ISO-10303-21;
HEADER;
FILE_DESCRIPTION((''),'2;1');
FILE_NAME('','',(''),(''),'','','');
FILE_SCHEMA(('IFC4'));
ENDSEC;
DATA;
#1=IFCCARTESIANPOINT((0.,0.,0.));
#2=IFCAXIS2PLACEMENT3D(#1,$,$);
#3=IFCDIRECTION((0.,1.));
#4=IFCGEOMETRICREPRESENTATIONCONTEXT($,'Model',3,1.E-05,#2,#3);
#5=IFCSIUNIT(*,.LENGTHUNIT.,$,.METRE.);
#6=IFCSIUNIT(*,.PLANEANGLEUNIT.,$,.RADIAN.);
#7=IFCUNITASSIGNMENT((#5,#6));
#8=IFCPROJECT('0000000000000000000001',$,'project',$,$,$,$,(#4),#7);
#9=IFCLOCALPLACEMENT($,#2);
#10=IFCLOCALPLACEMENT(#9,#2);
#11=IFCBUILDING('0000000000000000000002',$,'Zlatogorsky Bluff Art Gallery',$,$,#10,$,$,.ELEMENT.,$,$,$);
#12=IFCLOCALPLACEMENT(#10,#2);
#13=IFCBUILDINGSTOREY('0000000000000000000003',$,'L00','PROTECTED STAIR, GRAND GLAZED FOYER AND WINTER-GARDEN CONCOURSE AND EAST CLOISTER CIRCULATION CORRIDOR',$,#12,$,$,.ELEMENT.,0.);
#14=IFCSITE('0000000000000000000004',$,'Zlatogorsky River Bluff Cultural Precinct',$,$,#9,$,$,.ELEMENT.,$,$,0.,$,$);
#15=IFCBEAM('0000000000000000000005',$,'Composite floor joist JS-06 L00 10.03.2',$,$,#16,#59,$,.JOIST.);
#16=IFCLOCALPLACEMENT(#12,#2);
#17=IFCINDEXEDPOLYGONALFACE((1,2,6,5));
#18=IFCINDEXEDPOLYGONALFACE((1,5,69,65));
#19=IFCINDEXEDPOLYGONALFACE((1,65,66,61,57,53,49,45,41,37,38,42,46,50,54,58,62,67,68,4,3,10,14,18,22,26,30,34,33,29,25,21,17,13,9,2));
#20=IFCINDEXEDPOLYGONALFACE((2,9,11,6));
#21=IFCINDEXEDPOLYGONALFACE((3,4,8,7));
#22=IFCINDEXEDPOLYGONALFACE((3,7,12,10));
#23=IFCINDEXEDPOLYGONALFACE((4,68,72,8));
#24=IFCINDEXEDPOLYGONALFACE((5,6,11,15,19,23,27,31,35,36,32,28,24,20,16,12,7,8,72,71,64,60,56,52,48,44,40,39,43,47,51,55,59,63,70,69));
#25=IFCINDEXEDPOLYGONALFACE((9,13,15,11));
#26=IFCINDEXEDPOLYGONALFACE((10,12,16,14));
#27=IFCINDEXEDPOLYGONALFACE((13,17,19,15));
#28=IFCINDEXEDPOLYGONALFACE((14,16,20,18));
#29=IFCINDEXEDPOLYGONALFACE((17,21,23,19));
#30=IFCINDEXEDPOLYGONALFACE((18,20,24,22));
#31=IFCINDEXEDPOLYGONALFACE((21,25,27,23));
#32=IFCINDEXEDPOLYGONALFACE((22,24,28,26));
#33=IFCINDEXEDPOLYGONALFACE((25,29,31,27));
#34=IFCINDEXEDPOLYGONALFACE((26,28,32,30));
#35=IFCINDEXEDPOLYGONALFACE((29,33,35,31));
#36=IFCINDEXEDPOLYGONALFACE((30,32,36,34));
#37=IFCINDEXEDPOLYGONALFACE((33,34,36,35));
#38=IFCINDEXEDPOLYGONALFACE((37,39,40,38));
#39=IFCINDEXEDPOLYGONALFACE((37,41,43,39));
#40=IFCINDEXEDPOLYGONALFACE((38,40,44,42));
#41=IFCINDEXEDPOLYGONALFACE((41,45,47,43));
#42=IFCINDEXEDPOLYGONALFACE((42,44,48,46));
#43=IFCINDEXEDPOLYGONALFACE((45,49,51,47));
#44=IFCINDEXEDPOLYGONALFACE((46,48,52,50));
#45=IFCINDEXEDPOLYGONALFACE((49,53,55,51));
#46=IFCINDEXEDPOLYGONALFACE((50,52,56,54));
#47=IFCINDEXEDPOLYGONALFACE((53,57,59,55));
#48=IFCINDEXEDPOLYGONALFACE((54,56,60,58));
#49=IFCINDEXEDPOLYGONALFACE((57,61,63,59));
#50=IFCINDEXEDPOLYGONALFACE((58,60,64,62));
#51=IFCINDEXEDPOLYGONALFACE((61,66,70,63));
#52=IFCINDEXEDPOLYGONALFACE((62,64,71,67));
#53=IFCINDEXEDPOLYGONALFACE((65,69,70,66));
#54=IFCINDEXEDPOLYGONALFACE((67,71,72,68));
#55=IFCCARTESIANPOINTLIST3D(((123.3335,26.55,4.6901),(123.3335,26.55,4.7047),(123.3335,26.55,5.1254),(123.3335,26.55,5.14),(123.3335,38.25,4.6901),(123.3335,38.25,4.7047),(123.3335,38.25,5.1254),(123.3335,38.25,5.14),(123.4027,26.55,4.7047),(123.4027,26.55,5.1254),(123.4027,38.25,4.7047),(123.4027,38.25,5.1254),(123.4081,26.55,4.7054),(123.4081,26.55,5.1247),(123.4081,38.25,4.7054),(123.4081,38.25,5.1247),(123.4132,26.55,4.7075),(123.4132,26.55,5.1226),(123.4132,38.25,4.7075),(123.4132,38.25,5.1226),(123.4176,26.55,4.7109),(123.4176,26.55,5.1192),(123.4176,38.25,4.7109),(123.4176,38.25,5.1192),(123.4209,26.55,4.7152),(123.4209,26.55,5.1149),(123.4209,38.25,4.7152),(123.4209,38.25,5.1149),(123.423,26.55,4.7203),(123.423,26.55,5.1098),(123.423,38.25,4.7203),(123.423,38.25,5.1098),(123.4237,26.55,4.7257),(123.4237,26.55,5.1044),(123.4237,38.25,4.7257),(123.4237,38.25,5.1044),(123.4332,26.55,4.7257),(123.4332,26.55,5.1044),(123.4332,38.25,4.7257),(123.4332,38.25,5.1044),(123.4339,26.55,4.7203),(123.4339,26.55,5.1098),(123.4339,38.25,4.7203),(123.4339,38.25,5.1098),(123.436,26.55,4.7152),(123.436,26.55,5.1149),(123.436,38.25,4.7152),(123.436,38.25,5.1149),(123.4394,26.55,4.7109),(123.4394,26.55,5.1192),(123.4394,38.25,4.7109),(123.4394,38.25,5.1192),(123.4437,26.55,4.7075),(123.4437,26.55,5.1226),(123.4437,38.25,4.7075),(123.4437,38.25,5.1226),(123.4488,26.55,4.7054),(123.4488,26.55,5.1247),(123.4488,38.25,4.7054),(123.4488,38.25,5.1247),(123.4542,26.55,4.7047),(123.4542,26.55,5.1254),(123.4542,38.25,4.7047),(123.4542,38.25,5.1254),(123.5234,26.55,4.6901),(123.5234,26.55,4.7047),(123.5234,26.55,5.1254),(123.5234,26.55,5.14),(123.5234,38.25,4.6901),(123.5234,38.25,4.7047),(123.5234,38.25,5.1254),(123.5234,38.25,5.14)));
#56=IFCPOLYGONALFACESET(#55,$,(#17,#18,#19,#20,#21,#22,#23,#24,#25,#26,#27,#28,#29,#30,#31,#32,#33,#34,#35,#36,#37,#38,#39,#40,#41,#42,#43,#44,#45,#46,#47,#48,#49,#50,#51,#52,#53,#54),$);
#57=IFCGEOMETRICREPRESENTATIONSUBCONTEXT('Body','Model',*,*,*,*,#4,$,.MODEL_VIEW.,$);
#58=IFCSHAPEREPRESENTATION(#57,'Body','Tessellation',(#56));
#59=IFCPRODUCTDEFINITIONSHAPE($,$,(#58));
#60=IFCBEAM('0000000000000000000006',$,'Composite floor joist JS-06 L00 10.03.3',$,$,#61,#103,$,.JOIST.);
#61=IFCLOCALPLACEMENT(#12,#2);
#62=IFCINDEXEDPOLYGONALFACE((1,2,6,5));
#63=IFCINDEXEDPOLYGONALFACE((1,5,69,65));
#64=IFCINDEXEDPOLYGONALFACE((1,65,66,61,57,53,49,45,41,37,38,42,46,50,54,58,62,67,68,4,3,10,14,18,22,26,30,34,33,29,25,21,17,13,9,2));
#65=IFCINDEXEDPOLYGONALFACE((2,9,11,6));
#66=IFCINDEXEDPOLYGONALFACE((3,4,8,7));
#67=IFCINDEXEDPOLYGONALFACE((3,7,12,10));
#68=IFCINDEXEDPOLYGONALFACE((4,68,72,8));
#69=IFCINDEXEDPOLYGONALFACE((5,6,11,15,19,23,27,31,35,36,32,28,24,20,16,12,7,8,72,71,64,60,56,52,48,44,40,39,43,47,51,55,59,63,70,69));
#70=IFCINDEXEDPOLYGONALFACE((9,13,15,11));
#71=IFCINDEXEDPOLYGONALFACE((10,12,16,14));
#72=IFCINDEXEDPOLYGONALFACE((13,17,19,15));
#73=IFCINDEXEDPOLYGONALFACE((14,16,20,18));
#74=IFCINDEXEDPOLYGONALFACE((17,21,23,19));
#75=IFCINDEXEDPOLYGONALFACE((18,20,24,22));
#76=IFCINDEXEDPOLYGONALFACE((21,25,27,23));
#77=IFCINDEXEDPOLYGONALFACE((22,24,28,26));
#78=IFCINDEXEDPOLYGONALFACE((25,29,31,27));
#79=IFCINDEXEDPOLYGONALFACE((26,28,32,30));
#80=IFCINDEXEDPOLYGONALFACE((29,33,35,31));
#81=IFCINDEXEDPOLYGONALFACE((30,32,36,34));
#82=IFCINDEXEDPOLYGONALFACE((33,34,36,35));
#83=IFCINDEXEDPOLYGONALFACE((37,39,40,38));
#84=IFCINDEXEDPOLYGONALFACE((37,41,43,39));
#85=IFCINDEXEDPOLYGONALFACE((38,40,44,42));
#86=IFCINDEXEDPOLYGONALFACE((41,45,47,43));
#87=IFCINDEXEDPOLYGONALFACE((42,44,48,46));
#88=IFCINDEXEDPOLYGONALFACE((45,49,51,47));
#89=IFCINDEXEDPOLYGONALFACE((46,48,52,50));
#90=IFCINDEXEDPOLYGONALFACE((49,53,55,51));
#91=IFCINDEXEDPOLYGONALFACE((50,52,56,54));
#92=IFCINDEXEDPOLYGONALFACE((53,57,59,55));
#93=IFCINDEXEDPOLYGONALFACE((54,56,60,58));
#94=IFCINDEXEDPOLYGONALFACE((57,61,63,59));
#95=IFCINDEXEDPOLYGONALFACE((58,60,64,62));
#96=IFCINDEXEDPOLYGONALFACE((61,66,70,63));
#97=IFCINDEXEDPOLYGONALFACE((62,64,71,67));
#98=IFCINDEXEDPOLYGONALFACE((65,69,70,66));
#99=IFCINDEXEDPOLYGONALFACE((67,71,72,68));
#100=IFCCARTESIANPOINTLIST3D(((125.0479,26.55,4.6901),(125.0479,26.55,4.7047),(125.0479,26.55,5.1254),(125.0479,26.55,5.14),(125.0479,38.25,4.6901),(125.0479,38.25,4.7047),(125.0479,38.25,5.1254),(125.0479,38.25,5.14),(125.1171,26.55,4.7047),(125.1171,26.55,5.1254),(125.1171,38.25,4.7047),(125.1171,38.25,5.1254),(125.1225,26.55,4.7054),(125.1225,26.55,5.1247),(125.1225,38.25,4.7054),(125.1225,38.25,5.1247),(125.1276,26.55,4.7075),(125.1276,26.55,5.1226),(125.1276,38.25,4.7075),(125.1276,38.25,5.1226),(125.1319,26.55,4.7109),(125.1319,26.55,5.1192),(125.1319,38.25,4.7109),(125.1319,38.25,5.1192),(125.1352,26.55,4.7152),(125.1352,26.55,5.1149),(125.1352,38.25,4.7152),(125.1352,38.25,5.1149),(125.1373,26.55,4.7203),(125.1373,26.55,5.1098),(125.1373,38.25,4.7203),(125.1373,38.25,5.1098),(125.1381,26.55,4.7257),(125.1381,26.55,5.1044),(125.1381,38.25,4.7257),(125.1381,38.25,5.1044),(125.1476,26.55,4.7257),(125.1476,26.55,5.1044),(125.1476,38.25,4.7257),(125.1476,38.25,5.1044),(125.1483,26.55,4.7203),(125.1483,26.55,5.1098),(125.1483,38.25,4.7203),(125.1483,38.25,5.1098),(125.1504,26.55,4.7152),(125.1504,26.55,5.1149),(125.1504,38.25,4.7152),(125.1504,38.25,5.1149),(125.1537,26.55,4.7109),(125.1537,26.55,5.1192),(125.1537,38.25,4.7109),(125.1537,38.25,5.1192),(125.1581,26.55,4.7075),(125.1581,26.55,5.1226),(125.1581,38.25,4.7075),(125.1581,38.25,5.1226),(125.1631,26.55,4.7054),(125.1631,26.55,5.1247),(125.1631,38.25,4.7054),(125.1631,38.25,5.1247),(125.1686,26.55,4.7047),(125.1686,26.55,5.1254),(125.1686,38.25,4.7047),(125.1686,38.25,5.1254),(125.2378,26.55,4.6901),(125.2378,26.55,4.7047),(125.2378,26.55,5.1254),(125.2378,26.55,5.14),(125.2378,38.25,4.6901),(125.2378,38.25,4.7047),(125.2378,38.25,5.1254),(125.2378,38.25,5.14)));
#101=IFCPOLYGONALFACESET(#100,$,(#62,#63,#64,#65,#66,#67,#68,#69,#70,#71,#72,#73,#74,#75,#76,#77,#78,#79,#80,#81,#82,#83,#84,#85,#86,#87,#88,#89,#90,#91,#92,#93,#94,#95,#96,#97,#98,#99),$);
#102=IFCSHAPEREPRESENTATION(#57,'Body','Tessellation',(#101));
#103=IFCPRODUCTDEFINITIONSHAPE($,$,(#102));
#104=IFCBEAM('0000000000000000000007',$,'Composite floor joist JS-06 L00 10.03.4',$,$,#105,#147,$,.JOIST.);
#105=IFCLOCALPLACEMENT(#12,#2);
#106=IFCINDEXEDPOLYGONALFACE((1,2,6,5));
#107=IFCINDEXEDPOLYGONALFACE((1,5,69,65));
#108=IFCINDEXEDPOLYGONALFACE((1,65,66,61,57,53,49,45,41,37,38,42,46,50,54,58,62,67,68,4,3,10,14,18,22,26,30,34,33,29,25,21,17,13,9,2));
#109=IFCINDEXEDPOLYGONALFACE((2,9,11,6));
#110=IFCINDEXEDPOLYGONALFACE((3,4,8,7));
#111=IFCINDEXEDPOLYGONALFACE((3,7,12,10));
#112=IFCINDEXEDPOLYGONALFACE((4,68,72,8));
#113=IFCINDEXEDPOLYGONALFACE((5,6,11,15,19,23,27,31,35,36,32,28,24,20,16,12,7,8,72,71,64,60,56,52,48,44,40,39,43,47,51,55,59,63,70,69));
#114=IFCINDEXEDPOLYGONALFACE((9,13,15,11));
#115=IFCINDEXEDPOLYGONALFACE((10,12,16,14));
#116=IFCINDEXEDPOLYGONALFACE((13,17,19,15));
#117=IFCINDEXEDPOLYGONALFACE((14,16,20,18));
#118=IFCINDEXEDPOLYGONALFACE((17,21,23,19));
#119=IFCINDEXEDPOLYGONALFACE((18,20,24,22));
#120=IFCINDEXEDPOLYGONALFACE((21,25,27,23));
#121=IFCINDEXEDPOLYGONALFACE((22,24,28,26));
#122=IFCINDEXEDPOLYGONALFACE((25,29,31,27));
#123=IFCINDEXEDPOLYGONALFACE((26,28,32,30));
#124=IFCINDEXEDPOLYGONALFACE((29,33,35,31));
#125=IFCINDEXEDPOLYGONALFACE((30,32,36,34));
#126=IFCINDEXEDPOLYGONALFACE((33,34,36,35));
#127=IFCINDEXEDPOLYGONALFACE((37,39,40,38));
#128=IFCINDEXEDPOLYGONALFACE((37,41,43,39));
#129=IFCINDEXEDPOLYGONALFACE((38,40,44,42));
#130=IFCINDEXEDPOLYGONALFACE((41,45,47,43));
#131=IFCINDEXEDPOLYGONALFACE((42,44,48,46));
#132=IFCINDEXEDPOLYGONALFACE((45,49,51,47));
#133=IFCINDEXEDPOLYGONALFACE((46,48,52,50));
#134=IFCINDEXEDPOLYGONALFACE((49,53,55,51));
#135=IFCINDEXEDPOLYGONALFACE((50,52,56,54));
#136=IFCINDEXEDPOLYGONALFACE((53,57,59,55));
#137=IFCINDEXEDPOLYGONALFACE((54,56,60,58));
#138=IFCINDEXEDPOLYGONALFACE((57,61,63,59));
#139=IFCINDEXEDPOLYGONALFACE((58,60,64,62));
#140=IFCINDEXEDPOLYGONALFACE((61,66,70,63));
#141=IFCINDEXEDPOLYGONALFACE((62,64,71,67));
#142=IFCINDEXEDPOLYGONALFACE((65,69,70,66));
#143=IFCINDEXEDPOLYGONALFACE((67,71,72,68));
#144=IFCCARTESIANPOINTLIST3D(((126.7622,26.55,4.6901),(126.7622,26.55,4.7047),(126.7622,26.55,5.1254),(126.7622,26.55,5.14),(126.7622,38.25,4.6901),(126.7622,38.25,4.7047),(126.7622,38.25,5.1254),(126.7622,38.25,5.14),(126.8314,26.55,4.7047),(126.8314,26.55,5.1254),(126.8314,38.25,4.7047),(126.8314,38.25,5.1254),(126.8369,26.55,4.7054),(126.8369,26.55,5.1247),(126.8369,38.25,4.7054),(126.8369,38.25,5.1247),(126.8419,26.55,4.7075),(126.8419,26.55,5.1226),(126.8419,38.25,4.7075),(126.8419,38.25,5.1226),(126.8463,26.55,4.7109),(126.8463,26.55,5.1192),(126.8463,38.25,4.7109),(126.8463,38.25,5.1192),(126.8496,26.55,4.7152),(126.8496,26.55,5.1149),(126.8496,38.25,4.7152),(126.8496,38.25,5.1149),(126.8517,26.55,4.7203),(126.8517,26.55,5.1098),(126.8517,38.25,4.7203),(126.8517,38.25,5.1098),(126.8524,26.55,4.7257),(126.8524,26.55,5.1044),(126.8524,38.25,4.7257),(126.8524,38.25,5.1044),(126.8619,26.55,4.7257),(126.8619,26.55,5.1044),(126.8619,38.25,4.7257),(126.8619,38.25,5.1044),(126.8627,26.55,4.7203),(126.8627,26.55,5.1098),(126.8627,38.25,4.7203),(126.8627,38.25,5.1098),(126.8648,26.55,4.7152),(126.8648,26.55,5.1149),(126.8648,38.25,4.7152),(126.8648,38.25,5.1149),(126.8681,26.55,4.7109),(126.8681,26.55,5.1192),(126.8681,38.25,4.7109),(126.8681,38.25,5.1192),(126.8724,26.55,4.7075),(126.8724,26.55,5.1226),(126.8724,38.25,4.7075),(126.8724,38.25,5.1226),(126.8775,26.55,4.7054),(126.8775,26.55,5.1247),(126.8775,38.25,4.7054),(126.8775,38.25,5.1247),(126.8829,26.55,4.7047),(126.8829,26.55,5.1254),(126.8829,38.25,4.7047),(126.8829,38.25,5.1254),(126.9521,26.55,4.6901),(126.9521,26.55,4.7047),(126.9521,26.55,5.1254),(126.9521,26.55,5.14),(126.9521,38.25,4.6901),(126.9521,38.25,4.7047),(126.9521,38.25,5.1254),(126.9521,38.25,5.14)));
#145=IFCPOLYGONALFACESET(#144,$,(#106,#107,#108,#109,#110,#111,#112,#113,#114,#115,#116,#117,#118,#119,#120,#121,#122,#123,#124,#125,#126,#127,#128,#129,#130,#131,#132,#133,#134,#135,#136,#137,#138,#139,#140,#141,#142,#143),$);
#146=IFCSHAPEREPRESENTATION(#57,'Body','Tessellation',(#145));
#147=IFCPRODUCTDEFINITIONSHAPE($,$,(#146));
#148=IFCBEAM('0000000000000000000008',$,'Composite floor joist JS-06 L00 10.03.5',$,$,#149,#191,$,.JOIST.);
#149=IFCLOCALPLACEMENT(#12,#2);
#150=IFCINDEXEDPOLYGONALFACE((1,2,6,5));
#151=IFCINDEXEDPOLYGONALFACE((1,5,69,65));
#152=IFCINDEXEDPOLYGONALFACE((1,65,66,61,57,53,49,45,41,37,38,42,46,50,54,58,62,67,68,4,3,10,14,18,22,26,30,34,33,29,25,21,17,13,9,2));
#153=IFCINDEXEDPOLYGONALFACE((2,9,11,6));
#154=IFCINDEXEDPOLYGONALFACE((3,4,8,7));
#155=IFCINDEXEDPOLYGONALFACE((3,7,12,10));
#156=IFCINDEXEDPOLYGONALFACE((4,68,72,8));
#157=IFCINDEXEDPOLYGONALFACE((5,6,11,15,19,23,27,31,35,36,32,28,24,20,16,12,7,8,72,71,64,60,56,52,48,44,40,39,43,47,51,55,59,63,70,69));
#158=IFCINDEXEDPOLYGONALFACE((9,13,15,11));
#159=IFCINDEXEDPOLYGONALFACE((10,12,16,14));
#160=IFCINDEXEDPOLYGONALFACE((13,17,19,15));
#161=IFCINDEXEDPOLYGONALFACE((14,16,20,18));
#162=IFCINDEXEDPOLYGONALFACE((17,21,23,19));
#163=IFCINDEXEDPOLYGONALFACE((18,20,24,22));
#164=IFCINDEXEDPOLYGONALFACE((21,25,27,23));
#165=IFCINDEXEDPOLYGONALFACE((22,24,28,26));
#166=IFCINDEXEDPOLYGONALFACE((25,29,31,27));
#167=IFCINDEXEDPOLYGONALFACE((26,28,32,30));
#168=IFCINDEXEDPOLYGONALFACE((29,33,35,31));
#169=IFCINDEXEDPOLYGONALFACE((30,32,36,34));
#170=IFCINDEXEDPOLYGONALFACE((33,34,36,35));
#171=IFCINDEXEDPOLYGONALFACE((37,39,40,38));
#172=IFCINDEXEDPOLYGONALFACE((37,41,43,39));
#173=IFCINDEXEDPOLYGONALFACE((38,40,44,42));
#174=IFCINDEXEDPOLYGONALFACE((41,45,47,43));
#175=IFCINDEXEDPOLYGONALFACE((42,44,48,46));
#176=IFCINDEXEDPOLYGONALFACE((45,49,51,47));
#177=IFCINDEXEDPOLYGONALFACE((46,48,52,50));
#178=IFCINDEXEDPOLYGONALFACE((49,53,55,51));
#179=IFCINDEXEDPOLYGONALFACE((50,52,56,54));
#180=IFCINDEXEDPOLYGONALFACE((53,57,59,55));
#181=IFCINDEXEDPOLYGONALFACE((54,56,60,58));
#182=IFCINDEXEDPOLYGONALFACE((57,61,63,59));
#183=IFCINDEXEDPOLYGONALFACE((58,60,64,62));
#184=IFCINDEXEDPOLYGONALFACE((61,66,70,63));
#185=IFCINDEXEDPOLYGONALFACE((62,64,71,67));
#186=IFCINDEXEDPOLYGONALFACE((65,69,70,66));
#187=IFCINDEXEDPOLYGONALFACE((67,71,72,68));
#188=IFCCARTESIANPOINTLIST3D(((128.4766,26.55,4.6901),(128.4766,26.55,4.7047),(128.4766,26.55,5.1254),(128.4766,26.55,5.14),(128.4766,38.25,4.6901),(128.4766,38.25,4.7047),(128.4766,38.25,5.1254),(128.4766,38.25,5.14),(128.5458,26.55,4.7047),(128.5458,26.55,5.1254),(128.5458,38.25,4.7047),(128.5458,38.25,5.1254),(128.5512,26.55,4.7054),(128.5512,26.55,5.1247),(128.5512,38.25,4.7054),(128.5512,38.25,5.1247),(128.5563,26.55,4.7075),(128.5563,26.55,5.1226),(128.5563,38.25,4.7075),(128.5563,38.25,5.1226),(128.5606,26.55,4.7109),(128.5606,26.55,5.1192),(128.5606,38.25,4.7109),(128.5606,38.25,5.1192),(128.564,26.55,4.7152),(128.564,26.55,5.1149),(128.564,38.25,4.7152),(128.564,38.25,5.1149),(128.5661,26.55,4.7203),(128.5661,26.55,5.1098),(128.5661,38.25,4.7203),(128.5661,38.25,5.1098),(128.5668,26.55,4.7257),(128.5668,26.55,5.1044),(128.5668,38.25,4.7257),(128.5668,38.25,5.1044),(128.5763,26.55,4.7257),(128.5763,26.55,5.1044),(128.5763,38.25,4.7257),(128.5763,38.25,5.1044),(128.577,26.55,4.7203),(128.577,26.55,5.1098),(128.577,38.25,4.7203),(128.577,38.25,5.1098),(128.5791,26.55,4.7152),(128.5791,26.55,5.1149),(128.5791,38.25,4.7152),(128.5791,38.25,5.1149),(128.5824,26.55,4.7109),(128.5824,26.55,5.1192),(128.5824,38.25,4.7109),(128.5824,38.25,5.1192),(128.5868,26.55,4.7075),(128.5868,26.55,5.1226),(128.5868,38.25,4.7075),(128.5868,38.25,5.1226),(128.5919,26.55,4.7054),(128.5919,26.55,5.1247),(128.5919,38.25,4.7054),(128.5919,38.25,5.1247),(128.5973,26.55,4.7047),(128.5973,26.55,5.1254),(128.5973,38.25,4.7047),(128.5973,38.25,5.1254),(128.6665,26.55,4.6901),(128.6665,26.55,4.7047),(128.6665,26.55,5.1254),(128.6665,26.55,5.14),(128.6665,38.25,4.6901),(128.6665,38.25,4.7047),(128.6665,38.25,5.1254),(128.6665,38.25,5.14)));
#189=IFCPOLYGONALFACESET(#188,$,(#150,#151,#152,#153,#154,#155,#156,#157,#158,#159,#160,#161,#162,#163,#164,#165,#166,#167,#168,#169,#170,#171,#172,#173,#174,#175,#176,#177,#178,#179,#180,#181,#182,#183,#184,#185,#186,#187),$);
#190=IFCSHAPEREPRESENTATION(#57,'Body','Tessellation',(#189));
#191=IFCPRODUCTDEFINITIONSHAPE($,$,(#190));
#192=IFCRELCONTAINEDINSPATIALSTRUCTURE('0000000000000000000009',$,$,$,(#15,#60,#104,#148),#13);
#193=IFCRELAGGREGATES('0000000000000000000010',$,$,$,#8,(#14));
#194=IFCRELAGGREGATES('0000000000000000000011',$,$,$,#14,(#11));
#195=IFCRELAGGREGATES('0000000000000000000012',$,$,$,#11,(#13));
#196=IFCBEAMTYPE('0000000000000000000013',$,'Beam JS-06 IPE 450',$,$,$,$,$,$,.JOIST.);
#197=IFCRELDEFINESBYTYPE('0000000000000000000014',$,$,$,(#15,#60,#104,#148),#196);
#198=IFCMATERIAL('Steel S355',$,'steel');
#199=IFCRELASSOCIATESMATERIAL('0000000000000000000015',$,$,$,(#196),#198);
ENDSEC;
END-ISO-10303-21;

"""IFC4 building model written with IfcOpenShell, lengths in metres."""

from ifc_helpers import new_model, si_unit, direction, frame, origin, origin_2d, place, context, subcontext, project, spatial, i_section, extrude, material, material_profile, profile_set, type_object, element, save


model = new_model("IFC4")

# Units and contexts
model_context = context("Model", 3, precision=1e-05, world=origin(), true_north=direction((0.0, 1.0)))
body_context = subcontext(model_context, "Body", "Model", "MODEL_VIEW")
ifc_project = project(units=[si_unit("LENGTHUNIT", "METRE"), si_unit("PLANEANGLEUNIT", "RADIAN")], contexts=[model_context])

# Site, building, storey
site_placement = place(None, origin())
site = spatial("IfcSite", under=ifc_project, at=site_placement, Name="Zlatogorsky River Bluff Cultural Precinct", CompositionType="ELEMENT", RefElevation=0.0)
building_placement = place(site_placement, origin())
building = spatial("IfcBuilding", under=site, at=building_placement, Name="Zlatogorsky Bluff Art Gallery", CompositionType="ELEMENT")
storey_placement = place(building_placement, origin())
storey = spatial("IfcBuildingStorey", under=building, at=storey_placement, Name="L00", Description="PROTECTED STAIR, GRAND GLAZED FOYER AND WINTER-GARDEN CONCOURSE AND EAST CLOISTER CIRCULATION CORRIDOR", CompositionType="ELEMENT", Elevation=0.0)

# Beams
ifc_material_1 = material(Name="Steel S355", Category="steel")
ifc_material_profile_1 = material_profile(ifc_material_1, i_section(OverallWidth=0.1899, OverallDepth=0.45, WebThickness=0.0095, FlangeThickness=0.0146, FilletRadius=0.021, at=origin_2d()), Name="IPE 450")
ifc_profile_set_1 = profile_set([ifc_material_profile_1], Name="Steel S355")
beam_type_1 = type_object("IfcBeamType", Name="Beam JS-06 IPE 450", PredefinedType="JOIST", material=ifc_profile_set_1)
for number, where, z_axis, x_axis, name in (
    (1, (123.4285, 26.55, 4.915), (0.0, 1.0, 0.0), (-1.0, 0.0, 0.0), "Composite floor joist JS-06 L00 10.03.2"),
    (2, (125.1428, 26.55, 4.915), (0.0, 1.0, 0.0), (-1.0, 0.0, 0.0), "Composite floor joist JS-06 L00 10.03.3"),
    (3, (126.8572, 26.55, 4.915), (0.0, 1.0, 0.0), (-1.0, 0.0, 0.0), "Composite floor joist JS-06 L00 10.03.4"),
    (4, (128.5715, 26.55, 4.915), (0.0, 1.0, 0.0), (-1.0, 0.0, 0.0), "Composite floor joist JS-06 L00 10.03.5"),
):
    element("IfcBeam", number, at=place(storey_placement, frame(where, z_axis=z_axis, x_axis=x_axis)), inside=storey, type_object=beam_type_1, Name=name, PredefinedType="JOIST", context=body_context, shape_type="SweptSolid", body=[
        extrude(i_section(OverallWidth=0.1899, OverallDepth=0.45, WebThickness=0.0095, FlangeThickness=0.0146, FilletRadius=0.021, at=origin_2d()), origin(), (0.0, 0.0, 1.0), 11.7),
    ])

save(model, "model.ifc")
